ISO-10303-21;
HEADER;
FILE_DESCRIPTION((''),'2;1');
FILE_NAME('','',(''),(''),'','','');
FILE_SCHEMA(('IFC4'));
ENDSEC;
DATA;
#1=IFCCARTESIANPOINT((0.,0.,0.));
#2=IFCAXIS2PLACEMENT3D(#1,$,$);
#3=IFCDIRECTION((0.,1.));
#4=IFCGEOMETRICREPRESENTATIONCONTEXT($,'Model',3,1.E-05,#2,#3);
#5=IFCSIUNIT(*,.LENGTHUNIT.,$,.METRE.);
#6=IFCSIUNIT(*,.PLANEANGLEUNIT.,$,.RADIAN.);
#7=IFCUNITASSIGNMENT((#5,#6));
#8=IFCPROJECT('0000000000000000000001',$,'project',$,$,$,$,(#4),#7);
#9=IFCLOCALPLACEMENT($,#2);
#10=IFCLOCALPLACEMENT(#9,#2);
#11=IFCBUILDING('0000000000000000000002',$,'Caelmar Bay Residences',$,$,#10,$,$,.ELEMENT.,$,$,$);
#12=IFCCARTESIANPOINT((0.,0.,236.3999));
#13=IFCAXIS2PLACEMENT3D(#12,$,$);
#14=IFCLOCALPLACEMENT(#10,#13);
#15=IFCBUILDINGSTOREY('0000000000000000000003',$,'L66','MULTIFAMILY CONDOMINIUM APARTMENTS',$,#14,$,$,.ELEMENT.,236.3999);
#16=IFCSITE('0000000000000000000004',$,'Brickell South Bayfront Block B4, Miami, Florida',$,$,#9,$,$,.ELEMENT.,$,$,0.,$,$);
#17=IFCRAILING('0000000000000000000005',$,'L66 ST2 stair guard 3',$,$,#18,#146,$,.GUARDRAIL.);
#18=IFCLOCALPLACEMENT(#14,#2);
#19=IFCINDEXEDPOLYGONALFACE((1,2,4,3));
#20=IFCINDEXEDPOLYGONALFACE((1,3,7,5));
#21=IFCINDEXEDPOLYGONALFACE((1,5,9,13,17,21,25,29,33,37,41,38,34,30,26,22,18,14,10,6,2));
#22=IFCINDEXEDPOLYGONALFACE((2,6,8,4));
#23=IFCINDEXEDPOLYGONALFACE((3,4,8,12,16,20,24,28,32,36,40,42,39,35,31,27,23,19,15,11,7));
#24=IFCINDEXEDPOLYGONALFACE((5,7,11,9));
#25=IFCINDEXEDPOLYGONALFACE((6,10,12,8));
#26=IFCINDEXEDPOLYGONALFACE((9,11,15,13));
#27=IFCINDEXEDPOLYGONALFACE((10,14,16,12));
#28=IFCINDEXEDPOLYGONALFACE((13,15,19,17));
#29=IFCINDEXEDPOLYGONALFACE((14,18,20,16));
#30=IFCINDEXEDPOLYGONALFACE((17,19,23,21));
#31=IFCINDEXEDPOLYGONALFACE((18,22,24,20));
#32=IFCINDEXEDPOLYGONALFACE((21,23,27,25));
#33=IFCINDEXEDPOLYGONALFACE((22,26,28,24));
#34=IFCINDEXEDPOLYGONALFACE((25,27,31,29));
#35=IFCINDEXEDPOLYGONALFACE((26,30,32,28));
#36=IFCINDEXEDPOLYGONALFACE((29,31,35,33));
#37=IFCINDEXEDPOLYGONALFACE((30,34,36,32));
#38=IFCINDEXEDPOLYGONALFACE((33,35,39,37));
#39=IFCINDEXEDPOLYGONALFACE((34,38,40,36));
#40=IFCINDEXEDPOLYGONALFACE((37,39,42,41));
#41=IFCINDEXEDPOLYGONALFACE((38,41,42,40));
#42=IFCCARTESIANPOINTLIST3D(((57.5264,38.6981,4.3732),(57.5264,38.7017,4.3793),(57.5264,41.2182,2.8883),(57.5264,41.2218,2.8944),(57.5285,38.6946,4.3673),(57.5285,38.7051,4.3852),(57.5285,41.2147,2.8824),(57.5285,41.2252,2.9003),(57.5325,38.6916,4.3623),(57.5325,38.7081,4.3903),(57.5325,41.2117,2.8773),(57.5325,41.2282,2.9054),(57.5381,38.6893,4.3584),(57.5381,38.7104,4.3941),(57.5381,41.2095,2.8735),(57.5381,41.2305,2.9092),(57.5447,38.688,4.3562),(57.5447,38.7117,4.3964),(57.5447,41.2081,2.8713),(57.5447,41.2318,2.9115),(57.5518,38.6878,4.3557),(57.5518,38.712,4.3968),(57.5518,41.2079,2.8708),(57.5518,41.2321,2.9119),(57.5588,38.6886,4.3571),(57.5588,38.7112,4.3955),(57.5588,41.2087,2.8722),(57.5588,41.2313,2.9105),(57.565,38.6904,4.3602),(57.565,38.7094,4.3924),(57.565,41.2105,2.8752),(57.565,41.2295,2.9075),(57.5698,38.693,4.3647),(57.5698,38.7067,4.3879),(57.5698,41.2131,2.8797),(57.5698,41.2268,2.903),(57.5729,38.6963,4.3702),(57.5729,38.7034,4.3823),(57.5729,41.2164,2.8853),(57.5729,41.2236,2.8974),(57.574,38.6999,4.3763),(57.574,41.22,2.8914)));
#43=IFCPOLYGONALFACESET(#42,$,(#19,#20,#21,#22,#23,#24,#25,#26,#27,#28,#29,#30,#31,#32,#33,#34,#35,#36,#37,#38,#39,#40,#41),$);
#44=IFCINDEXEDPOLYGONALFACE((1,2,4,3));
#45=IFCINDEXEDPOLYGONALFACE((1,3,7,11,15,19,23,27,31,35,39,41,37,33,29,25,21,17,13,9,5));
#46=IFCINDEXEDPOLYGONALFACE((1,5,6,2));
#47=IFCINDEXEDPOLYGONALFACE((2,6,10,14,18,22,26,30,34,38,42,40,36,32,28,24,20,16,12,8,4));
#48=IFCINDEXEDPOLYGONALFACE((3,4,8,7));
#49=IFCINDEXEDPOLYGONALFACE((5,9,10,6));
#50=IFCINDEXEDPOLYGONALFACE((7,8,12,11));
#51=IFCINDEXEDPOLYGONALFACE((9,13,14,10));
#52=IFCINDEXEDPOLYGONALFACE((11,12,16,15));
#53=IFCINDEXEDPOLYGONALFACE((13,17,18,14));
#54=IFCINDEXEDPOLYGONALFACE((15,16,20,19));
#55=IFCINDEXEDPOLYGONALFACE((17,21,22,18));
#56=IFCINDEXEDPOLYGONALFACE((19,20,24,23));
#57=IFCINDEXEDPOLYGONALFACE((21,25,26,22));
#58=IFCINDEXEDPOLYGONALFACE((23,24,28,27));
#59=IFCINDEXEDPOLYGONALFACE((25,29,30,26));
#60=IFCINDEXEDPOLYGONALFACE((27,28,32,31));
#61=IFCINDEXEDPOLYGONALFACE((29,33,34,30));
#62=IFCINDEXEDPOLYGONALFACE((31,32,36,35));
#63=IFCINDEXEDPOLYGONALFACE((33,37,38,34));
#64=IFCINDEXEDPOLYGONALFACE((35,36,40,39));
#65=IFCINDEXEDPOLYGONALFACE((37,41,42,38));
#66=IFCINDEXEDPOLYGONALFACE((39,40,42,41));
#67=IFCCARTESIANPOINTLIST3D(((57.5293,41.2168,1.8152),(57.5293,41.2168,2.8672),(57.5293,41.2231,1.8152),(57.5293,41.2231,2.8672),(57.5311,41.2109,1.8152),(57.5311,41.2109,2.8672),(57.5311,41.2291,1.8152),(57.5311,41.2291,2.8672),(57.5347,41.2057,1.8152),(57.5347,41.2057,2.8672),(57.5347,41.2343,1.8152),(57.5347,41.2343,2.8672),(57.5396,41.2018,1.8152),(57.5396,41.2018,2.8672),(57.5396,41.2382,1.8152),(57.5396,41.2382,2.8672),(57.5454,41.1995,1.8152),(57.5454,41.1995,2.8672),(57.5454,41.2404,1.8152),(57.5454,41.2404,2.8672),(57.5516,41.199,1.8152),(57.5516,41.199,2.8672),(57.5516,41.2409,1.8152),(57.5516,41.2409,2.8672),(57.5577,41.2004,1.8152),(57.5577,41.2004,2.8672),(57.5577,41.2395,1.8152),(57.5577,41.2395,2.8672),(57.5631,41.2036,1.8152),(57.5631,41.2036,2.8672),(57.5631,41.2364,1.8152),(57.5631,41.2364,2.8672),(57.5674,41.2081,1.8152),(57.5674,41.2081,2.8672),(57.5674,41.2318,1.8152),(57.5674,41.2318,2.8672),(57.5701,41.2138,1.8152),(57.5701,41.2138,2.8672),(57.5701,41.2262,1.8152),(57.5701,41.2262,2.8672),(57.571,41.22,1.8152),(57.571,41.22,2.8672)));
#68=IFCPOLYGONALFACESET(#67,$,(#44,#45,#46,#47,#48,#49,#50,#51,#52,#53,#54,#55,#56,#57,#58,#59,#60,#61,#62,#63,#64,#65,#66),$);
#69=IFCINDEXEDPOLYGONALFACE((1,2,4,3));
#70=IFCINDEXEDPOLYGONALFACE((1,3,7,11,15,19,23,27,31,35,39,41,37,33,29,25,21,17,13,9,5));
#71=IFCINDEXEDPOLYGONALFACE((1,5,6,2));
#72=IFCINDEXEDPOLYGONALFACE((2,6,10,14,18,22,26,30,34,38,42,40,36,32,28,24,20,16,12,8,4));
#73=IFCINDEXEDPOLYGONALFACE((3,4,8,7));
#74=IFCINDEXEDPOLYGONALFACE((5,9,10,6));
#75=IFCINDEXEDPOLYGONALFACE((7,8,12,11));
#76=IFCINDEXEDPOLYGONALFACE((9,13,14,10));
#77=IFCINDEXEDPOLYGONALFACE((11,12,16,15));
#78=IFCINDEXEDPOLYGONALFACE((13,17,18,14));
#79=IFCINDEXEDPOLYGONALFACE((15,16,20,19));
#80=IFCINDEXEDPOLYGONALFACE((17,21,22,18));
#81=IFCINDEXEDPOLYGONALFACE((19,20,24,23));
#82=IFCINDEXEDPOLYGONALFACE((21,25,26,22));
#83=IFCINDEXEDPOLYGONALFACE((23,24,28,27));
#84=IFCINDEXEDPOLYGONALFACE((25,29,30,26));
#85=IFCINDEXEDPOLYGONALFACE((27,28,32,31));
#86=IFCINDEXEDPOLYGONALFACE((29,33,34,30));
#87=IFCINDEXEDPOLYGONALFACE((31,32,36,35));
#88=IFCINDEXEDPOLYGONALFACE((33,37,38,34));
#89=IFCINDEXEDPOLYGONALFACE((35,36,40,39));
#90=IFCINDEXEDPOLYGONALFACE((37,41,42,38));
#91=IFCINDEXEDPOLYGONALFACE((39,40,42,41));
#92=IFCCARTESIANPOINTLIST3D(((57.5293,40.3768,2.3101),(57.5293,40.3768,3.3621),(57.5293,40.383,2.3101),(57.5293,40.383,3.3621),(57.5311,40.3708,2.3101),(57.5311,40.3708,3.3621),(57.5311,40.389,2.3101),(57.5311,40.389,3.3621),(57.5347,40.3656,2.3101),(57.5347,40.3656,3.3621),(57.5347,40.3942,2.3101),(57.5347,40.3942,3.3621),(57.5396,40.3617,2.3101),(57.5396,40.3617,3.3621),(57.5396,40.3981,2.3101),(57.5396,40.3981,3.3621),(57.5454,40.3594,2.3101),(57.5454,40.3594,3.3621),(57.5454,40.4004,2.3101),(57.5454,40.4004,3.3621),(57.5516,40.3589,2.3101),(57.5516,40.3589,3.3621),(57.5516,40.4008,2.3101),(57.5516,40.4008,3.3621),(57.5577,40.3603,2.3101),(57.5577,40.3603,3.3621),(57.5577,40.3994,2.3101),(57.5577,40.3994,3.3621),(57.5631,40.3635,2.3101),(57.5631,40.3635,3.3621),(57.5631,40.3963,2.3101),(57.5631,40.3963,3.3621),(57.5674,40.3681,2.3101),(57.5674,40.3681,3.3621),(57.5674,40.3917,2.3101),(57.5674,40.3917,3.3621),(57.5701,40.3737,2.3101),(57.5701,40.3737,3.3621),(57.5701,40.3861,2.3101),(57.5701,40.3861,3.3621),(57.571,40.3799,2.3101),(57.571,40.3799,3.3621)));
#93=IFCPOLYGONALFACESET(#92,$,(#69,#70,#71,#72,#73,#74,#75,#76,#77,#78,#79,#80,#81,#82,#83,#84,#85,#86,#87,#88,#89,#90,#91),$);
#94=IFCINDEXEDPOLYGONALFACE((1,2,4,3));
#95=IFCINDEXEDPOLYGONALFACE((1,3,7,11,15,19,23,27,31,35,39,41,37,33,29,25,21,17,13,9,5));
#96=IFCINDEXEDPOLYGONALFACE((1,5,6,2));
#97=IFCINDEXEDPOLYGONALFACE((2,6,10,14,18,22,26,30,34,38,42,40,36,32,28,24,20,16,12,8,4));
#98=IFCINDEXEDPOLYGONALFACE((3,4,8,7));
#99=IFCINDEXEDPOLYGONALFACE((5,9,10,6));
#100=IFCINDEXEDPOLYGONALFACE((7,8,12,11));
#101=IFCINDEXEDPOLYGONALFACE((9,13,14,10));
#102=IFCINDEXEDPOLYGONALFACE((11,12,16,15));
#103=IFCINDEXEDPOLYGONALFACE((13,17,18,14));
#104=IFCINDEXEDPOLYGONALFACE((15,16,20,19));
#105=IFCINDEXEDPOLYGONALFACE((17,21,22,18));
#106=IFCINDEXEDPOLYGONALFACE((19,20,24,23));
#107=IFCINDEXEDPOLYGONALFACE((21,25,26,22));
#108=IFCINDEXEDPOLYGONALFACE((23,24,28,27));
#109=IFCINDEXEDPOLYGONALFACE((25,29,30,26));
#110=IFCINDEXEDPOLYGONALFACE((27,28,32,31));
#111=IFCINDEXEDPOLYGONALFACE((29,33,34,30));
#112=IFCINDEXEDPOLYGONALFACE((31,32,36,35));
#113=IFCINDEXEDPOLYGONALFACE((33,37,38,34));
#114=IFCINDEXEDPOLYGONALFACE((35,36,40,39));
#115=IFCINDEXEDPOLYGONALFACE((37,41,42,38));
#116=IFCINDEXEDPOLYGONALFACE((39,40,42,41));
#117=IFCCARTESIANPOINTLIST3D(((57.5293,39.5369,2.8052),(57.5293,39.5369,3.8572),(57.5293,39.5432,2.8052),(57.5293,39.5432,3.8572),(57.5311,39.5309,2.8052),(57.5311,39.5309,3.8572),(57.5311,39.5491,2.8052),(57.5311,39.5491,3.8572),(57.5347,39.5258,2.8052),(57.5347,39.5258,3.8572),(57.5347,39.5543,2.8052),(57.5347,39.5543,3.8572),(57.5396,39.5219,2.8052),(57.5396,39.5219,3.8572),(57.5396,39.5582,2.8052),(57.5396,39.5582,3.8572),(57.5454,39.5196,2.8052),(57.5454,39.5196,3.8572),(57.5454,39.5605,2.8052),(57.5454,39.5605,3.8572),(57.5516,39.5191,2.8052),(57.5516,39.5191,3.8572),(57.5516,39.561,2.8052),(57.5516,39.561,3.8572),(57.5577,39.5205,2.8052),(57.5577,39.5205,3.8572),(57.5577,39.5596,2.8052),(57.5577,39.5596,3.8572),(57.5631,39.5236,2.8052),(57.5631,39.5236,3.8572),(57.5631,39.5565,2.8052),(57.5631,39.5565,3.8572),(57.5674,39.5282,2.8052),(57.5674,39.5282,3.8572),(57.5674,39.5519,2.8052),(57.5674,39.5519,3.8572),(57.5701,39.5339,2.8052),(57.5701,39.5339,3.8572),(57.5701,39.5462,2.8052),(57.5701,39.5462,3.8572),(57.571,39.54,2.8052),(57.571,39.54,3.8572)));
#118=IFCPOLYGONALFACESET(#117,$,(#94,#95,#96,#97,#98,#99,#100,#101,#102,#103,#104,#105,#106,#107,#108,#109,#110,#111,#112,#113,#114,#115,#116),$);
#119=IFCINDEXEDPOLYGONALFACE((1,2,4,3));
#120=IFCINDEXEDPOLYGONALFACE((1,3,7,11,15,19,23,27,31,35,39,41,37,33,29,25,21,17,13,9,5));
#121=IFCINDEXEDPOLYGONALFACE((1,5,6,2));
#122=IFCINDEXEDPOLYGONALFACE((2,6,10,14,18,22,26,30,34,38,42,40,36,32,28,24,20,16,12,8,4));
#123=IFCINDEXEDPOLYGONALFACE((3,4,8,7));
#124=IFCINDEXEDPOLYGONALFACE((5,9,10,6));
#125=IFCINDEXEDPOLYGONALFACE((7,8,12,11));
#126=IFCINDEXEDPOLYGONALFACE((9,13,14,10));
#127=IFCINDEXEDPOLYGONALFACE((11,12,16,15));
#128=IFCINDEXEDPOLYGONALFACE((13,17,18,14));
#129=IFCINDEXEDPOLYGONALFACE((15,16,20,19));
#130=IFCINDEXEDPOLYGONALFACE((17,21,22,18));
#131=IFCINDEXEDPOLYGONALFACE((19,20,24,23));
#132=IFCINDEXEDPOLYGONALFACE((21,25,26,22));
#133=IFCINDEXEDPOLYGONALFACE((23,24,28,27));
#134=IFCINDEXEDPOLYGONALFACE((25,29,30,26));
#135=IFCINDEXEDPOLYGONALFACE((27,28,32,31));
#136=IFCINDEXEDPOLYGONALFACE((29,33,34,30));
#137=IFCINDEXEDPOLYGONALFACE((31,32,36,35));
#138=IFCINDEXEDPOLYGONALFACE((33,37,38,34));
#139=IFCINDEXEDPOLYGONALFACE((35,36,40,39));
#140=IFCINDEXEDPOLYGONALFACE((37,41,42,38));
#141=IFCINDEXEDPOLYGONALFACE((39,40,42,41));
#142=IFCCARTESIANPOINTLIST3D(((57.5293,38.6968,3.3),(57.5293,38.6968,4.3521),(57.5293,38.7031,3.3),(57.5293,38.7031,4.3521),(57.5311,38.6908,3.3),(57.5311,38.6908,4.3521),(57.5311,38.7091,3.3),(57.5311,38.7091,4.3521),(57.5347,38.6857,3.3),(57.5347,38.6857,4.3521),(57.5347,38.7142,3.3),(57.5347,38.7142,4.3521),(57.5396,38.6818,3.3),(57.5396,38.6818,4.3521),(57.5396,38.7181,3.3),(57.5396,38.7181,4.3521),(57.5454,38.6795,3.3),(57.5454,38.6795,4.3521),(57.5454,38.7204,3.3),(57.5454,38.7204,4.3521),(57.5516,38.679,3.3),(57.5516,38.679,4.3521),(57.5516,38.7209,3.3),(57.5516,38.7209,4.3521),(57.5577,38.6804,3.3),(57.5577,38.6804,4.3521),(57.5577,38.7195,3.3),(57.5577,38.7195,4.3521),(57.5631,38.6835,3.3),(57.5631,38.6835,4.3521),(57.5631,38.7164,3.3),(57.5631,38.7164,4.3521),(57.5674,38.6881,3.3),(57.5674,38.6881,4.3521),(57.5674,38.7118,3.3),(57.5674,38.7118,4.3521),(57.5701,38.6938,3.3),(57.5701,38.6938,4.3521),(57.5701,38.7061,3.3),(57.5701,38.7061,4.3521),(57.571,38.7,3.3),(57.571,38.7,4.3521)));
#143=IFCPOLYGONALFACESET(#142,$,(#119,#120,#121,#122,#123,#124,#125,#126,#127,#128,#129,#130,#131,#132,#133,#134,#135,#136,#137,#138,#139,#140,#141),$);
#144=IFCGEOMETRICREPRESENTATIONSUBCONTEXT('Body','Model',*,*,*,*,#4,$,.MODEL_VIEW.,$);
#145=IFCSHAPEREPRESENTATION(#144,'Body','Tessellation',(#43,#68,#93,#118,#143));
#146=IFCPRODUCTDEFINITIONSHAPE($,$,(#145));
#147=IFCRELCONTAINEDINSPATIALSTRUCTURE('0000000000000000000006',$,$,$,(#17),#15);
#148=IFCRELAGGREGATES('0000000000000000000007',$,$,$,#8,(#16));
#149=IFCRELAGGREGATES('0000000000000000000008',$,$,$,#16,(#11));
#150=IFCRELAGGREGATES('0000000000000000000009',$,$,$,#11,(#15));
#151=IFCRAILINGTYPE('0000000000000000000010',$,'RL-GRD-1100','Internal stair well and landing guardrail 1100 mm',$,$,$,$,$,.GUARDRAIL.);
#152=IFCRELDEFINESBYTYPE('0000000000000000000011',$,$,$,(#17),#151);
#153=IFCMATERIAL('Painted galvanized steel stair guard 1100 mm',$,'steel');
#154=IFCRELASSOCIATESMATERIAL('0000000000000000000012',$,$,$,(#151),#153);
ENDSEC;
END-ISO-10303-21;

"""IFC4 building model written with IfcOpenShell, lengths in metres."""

from ifc_helpers import new_model, si_unit, direction, frame, origin, origin_2d, place, context, subcontext, project, spatial, circle, extrude, material, type_object, element, save


model = new_model("IFC4")

# Units and contexts
model_context = context("Model", 3, precision=1e-05, world=origin(), true_north=direction((0.0, 1.0)))
body_context = subcontext(model_context, "Body", "Model", "MODEL_VIEW")
ifc_project = project(units=[si_unit("LENGTHUNIT", "METRE"), si_unit("PLANEANGLEUNIT", "RADIAN")], contexts=[model_context])

# Site, building, storey
site_placement = place(None, origin())
site = spatial("IfcSite", under=ifc_project, at=site_placement, Name="Brickell South Bayfront Block B4, Miami, Florida", CompositionType="ELEMENT", RefElevation=0.0)
building_placement = place(site_placement, origin())
building = spatial("IfcBuilding", under=site, at=building_placement, Name="Caelmar Bay Residences", CompositionType="ELEMENT")
storey_placement = place(building_placement, frame((0.0, 0.0, 236.3999)))
storey = spatial("IfcBuildingStorey", under=building, at=storey_placement, Name="L66", Description="MULTIFAMILY CONDOMINIUM APARTMENTS", CompositionType="ELEMENT", Elevation=236.3999)

# Railing
ifc_material_1 = material(Name="Painted galvanized steel stair guard 1100 mm", Category="steel")
railing_type_1 = type_object("IfcRailingType", Name="RL-GRD-1100", Description="Internal stair well and landing guardrail 1100 mm", PredefinedType="GUARDRAIL", material=ifc_material_1)
railing_1_placement = place(storey_placement, frame((57.55, 41.22, 1.8152)))
element("IfcRailing", 1, at=railing_1_placement, inside=storey, type_object=railing_type_1, Name="L66 ST2 stair guard 3", PredefinedType="GUARDRAIL", context=body_context, shape_type="SweptSolid", body=[
    extrude(circle(Radius=0.0239, at=origin_2d()), frame((0.0, 0.0, 1.0762), z_axis=(0.0, -0.861561, 0.507655), x_axis=(1.0, 0.0, 0.0)), (0.0, 0.0, 1.0), 2.925),
    extrude(circle(Radius=0.021, at=origin_2d()), origin(), (0.0, 0.0, 1.0), 1.052),
    extrude(circle(Radius=0.021, at=origin_2d()), frame((0.0, -0.8401, 0.4949)), (0.0, 0.0, 1.0), 1.052),
    extrude(circle(Radius=0.021, at=origin_2d()), frame((0.0, -1.6799, 0.99)), (0.0, 0.0, 1.0), 1.052),
    extrude(circle(Radius=0.021, at=origin_2d()), frame((0.0, -2.52, 1.4849)), (0.0, 0.0, 1.0), 1.052),
])

save(model, "model.ifc")
